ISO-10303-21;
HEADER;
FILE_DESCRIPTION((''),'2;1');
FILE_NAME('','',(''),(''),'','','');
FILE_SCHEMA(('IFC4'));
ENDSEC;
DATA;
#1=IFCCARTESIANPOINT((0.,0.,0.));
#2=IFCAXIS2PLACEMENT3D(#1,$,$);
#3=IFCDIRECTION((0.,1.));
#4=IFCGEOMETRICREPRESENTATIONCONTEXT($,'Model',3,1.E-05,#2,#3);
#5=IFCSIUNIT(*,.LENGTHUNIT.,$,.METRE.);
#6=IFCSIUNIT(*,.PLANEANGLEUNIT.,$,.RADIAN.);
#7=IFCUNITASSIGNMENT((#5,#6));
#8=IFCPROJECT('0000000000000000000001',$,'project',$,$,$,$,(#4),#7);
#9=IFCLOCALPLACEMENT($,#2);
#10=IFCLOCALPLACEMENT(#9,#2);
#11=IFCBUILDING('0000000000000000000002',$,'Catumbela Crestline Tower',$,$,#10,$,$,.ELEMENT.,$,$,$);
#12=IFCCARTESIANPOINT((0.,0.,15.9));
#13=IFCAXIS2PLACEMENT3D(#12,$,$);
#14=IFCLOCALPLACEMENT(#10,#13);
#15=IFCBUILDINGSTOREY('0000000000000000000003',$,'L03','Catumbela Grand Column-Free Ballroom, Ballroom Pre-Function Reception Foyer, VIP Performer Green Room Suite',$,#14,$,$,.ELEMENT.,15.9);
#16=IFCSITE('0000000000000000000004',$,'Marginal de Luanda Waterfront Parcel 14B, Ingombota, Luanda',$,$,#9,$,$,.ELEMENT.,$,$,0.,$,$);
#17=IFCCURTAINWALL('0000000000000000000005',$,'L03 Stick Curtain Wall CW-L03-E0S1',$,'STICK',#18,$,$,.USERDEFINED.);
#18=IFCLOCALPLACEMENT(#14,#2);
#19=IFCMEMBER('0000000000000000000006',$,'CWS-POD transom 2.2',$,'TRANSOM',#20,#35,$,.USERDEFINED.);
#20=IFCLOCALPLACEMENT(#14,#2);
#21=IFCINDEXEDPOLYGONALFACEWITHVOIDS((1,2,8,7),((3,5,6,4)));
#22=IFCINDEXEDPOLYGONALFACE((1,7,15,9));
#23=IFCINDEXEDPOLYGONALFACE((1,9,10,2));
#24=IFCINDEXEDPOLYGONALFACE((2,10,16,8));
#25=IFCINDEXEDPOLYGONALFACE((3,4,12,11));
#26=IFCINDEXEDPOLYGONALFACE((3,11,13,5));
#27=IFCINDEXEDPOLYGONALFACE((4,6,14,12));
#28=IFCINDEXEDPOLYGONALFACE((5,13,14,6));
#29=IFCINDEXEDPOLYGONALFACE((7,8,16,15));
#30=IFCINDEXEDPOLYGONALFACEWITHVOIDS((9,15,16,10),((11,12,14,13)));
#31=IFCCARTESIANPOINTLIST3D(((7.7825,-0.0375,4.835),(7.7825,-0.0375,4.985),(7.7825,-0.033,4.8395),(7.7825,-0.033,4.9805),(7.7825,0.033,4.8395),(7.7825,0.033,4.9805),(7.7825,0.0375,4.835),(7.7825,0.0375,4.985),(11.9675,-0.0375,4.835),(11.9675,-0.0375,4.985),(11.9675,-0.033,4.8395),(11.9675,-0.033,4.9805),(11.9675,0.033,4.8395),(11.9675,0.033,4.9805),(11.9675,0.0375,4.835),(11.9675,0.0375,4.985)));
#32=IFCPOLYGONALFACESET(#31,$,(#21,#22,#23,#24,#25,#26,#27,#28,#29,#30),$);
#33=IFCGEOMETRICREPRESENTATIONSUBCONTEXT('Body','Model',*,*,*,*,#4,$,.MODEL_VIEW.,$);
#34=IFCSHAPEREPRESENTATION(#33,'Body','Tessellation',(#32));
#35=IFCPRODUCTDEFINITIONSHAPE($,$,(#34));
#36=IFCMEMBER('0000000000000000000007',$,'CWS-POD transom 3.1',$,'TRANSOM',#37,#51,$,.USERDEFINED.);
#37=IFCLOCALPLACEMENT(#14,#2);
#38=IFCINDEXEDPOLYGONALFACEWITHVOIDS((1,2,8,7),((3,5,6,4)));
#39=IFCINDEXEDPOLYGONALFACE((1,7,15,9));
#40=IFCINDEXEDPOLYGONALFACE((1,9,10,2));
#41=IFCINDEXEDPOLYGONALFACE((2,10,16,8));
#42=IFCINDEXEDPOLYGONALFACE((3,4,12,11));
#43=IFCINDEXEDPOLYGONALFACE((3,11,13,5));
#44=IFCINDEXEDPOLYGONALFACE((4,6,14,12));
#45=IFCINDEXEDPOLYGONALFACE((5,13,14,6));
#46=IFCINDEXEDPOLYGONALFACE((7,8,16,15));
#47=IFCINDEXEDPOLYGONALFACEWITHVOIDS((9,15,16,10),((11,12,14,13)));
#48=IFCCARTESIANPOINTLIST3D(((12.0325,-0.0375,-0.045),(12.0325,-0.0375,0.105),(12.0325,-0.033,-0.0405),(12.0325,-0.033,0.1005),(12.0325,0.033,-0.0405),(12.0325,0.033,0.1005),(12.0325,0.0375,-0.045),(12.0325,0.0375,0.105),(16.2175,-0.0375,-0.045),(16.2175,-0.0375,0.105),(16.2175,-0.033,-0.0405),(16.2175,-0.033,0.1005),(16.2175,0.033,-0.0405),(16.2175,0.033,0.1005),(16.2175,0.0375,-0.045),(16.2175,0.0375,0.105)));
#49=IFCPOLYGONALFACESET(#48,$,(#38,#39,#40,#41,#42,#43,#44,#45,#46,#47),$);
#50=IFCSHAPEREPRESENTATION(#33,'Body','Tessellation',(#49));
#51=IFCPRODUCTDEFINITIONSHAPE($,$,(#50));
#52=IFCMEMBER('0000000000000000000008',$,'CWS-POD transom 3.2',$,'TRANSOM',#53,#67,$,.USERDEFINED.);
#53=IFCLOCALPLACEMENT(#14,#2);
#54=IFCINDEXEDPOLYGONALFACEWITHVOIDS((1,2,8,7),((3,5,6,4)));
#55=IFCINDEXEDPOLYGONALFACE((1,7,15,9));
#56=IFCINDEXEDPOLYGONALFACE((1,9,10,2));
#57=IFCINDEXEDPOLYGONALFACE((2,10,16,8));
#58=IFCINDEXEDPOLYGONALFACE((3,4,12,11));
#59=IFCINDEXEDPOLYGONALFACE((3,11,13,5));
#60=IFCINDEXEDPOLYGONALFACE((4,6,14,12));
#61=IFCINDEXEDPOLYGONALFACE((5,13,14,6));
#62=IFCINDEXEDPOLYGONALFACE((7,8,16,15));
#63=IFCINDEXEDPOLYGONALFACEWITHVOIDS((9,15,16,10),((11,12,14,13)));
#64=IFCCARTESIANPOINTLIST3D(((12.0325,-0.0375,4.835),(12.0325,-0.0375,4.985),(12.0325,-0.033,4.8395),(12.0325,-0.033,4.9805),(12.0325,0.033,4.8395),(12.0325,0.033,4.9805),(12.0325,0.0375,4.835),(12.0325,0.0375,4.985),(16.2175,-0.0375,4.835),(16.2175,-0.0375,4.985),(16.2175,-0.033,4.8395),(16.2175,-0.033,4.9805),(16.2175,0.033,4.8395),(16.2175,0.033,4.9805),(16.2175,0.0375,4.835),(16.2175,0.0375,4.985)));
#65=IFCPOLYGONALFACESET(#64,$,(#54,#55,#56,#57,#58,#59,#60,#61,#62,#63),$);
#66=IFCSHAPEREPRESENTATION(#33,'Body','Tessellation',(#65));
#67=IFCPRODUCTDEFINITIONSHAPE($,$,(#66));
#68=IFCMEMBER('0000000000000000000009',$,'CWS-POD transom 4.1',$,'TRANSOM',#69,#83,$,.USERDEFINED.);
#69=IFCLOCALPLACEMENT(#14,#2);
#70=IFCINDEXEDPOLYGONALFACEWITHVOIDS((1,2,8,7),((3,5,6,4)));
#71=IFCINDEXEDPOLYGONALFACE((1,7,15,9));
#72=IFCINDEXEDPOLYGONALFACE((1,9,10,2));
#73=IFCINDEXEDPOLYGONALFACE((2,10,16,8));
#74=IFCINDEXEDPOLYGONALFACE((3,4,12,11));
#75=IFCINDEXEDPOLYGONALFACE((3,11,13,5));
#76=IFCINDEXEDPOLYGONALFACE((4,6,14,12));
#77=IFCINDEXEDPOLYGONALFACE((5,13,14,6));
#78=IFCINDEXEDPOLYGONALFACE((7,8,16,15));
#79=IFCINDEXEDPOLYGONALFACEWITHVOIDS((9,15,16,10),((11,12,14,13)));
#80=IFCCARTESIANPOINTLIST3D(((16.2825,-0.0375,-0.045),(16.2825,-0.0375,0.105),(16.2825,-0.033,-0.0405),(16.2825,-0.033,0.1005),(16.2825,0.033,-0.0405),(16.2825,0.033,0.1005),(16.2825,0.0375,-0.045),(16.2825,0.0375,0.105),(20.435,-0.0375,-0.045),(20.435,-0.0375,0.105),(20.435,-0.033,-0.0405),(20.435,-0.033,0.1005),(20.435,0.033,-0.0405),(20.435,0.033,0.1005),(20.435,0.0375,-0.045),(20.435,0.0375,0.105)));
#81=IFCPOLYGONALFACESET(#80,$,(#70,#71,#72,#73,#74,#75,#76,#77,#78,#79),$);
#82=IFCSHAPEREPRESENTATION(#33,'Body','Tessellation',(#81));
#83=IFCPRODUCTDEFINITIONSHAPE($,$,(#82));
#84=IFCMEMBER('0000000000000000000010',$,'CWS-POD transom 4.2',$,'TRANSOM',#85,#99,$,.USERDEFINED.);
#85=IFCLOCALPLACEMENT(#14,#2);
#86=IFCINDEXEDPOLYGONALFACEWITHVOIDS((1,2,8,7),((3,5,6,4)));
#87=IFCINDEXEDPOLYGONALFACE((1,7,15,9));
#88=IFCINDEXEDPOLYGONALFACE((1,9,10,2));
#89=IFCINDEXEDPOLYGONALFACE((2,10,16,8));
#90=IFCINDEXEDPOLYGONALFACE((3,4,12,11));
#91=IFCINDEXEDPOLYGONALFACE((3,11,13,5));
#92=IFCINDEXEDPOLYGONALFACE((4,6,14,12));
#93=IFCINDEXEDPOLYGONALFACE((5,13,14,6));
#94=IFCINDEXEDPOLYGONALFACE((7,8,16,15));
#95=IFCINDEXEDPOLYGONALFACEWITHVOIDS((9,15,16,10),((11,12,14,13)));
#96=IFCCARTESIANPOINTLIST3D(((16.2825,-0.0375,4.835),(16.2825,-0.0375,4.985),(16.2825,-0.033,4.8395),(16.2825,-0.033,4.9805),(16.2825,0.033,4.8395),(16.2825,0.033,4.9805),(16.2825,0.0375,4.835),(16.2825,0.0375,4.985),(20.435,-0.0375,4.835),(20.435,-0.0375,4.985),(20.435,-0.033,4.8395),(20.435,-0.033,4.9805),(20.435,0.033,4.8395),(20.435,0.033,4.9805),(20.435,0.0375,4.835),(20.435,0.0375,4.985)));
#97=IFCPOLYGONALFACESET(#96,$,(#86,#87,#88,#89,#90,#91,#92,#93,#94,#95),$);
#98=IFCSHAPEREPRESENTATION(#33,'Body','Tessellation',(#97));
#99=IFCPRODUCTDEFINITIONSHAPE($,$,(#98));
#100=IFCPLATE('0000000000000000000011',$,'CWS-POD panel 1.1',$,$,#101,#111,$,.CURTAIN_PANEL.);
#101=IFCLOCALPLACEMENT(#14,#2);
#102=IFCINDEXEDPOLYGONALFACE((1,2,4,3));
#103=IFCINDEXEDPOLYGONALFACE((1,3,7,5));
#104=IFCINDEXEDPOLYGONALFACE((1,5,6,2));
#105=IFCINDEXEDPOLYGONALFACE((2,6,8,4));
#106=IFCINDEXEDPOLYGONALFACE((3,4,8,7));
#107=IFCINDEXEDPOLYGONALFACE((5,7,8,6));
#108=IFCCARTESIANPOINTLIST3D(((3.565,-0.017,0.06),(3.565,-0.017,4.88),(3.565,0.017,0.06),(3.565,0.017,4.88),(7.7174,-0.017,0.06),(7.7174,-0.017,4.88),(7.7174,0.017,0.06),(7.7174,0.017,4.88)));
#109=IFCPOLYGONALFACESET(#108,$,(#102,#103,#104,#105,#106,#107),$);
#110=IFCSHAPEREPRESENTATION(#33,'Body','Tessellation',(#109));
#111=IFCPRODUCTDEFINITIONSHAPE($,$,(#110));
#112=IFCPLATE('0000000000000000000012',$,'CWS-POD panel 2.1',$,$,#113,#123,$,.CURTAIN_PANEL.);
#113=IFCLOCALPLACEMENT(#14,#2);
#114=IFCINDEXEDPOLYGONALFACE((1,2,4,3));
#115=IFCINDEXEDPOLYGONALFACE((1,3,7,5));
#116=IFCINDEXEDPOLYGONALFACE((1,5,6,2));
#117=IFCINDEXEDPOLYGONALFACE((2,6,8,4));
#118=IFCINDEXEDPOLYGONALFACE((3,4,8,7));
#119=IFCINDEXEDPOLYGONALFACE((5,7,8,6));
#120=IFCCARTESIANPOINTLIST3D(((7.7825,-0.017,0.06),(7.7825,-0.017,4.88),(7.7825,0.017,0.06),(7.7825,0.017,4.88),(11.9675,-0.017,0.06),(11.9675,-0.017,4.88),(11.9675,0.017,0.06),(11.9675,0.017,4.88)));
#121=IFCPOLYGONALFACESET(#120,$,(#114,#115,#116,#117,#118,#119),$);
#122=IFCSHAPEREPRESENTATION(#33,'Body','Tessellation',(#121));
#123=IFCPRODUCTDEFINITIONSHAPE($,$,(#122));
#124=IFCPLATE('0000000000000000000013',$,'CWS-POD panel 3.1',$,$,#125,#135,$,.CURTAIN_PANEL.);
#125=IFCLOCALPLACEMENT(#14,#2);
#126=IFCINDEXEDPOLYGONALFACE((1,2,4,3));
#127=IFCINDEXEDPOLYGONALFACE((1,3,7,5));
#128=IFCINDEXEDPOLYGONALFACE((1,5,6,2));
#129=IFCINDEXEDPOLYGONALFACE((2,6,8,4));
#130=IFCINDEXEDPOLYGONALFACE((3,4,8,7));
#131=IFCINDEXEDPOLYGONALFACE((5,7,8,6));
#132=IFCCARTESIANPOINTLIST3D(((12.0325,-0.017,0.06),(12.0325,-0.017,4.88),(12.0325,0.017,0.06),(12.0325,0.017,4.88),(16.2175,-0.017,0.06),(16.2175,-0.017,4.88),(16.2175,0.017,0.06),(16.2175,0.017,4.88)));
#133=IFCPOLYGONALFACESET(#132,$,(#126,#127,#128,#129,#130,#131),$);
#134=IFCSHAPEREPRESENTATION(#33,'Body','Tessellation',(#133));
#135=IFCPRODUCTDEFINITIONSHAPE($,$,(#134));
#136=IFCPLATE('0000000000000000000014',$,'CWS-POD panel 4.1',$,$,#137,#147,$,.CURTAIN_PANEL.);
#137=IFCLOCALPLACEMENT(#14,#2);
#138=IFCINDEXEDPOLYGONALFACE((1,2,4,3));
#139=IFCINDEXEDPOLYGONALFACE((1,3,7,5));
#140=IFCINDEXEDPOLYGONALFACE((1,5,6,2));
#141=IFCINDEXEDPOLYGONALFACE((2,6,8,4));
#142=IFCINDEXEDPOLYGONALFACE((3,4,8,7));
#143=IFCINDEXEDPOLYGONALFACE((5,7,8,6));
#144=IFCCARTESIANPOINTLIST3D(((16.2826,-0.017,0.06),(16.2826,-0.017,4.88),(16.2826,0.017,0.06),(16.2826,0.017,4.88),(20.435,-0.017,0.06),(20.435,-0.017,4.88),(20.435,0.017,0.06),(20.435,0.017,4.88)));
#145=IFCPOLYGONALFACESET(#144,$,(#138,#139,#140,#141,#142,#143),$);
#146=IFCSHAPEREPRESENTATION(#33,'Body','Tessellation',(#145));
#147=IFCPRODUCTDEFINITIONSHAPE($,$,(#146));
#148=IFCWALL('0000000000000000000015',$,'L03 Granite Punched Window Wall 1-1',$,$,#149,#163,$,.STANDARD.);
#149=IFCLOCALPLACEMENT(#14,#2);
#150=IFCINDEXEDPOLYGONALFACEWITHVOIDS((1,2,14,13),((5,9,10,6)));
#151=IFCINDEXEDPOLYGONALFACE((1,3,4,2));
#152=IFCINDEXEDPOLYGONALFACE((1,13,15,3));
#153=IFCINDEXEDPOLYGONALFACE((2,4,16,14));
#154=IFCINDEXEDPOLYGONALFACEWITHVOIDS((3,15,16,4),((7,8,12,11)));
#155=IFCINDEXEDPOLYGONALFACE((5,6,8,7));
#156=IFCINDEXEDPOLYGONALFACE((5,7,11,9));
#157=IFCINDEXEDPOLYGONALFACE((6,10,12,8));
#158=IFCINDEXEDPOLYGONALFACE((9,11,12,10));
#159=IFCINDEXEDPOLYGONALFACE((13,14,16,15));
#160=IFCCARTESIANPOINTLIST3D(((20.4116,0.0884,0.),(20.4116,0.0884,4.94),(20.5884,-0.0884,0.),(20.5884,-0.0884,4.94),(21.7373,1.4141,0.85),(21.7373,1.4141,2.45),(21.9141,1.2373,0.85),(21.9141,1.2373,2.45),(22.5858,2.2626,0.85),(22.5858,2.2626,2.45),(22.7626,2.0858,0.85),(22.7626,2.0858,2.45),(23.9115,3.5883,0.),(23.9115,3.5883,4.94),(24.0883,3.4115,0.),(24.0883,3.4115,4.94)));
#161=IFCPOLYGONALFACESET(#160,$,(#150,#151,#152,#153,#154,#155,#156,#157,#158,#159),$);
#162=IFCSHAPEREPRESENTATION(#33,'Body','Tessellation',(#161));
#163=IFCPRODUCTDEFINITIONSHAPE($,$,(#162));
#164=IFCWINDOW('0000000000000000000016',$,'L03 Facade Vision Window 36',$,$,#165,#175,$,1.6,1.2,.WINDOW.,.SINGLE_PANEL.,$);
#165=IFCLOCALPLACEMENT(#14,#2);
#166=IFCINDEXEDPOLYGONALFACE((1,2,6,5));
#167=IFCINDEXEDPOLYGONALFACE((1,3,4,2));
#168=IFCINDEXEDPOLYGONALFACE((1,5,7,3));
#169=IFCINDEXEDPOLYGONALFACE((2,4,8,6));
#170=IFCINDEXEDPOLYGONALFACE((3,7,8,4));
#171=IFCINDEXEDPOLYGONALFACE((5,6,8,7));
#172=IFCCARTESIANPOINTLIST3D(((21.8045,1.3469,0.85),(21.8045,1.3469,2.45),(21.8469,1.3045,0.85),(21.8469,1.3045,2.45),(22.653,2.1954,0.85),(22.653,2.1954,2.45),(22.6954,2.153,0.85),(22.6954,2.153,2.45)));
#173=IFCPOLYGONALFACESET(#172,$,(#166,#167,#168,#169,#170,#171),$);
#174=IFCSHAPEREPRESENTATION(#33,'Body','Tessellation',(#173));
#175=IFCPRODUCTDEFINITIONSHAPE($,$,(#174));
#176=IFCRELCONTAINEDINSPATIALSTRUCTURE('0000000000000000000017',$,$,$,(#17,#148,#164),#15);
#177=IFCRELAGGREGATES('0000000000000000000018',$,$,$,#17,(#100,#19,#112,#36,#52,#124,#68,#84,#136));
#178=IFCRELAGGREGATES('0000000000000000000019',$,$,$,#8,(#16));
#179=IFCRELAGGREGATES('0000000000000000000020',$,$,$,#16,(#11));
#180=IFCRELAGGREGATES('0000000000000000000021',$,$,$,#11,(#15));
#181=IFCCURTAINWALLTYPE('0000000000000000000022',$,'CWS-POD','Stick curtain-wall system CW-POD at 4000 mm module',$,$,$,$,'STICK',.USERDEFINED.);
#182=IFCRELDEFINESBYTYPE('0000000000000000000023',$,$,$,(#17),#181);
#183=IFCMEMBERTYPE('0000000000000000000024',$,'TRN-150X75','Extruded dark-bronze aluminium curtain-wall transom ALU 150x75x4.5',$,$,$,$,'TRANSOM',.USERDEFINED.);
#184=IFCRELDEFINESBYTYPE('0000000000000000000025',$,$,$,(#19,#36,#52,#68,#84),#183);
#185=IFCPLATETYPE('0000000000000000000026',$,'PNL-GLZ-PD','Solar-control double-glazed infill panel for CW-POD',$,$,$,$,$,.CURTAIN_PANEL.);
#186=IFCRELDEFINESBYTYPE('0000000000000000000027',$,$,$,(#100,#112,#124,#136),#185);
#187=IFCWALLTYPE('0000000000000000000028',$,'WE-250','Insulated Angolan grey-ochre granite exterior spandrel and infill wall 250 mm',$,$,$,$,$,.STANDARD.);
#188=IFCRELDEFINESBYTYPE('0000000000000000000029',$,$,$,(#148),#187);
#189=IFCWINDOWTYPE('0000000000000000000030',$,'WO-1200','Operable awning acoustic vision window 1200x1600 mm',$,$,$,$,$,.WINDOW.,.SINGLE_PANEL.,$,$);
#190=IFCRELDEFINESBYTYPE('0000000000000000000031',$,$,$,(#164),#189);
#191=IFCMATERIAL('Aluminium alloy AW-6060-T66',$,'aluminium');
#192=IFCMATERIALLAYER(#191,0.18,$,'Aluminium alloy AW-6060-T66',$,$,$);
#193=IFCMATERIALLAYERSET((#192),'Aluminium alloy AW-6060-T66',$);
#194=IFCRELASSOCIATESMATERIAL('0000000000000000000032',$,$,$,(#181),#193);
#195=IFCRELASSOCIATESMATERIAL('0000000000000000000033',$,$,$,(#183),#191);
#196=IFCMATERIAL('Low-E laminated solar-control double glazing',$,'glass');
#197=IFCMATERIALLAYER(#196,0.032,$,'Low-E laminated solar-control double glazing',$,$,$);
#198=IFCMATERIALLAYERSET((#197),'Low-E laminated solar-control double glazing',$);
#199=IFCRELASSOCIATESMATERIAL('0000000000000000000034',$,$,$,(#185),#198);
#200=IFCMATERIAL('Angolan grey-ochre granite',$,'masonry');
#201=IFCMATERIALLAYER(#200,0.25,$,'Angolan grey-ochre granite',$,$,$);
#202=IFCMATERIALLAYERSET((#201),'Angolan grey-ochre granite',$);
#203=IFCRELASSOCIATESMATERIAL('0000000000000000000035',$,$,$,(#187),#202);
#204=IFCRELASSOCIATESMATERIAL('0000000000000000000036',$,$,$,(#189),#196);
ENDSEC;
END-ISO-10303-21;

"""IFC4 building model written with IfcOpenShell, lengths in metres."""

from ifc_helpers import new_model, si_unit, direction, frame, frame_2d, origin, origin_2d, place, context, subcontext, project, spatial, rectangle, hollow_rectangle, extrude, material, layer, layer_set, material_profile, profile_set, type_object, element, fill, aggregate, save


model = new_model("IFC4")

# Units and contexts
model_context = context("Model", 3, precision=1e-05, world=origin(), true_north=direction((0.0, 1.0)))
body_context = subcontext(model_context, "Body", "Model", "MODEL_VIEW")
ifc_project = project(units=[si_unit("LENGTHUNIT", "METRE"), si_unit("PLANEANGLEUNIT", "RADIAN")], contexts=[model_context])

# Site, building, storey
site_placement = place(None, origin())
site = spatial("IfcSite", under=ifc_project, at=site_placement, Name="Marginal de Luanda Waterfront Parcel 14B, Ingombota, Luanda", CompositionType="ELEMENT", RefElevation=0.0)
building_placement = place(site_placement, origin())
building = spatial("IfcBuilding", under=site, at=building_placement, Name="Catumbela Crestline Tower", CompositionType="ELEMENT")
storey_placement = place(building_placement, frame((0.0, 0.0, 15.9)))
storey = spatial("IfcBuildingStorey", under=building, at=storey_placement, Name="L03", Description="Catumbela Grand Column-Free Ballroom, Ballroom Pre-Function Reception Foyer, VIP Performer Green Room Suite", CompositionType="ELEMENT", Elevation=15.9)

# Curtain wall
ifc_material_1 = material(Name="Aluminium alloy AW-6060-T66", Category="aluminium")
ifc_layer_1 = layer(ifc_material_1, 0.18, Name="Aluminium alloy AW-6060-T66")
ifc_layer_set_1 = layer_set([ifc_layer_1], Name="Aluminium alloy AW-6060-T66")
curtain_wall_type = type_object("IfcCurtainWallType", Name="CWS-POD", Description="Stick curtain-wall system CW-POD at 4000 mm module", ElementType="STICK", PredefinedType="USERDEFINED", material=ifc_layer_set_1)
curtain_wall_1_placement = place(storey_placement, origin())
curtain_wall_1 = element("IfcCurtainWall", 1, at=curtain_wall_1_placement, inside=storey, type_object=curtain_wall_type, Name="L03 Stick Curtain Wall CW-L03-E0S1", ObjectType="STICK", PredefinedType="USERDEFINED")

# Members
ifc_material_profile_1 = material_profile(ifc_material_1, hollow_rectangle(XDim=0.075, YDim=0.15, WallThickness=0.0045, at=origin_2d()), Name="ALU 150x75x4.5")
ifc_profile_set_1 = profile_set([ifc_material_profile_1], Name="Aluminium alloy AW-6060-T66")
member_type_1 = type_object("IfcMemberType", Name="TRN-150X75", Description="Extruded dark-bronze aluminium curtain-wall transom ALU 150x75x4.5", ElementType="TRANSOM", PredefinedType="USERDEFINED", material=ifc_profile_set_1)
member_1_placement = place(storey_placement, frame((7.7825, 0.0, 4.91), z_axis=(1.0, 0.0, 0.0), x_axis=(0.0, 1.0, 0.0)))
member_1 = element("IfcMember", 2, at=member_1_placement, type_object=member_type_1, Name="CWS-POD transom 2.2", ObjectType="TRANSOM", PredefinedType="USERDEFINED", context=body_context, shape_type="SweptSolid", body=[
    extrude(hollow_rectangle(XDim=0.075, YDim=0.15, WallThickness=0.0045, at=origin_2d()), origin(), (0.0, 0.0, 1.0), 4.185),
])
member_2_placement = place(storey_placement, frame((12.0325, 0.0, 0.03), z_axis=(1.0, 0.0, 0.0), x_axis=(0.0, 1.0, 0.0)))
member_2 = element("IfcMember", 3, at=member_2_placement, type_object=member_type_1, Name="CWS-POD transom 3.1", ObjectType="TRANSOM", PredefinedType="USERDEFINED", context=body_context, shape_type="SweptSolid", body=[
    extrude(hollow_rectangle(XDim=0.075, YDim=0.15, WallThickness=0.0045, at=origin_2d()), origin(), (0.0, 0.0, 1.0), 4.185),
])
member_3_placement = place(storey_placement, frame((12.0325, 0.0, 4.91), z_axis=(1.0, 0.0, 0.0), x_axis=(0.0, 1.0, 0.0)))
member_3 = element("IfcMember", 4, at=member_3_placement, type_object=member_type_1, Name="CWS-POD transom 3.2", ObjectType="TRANSOM", PredefinedType="USERDEFINED", context=body_context, shape_type="SweptSolid", body=[
    extrude(hollow_rectangle(XDim=0.075, YDim=0.15, WallThickness=0.0045, at=origin_2d()), origin(), (0.0, 0.0, 1.0), 4.185),
])
member_4_placement = place(storey_placement, frame((16.2825, 0.0, 0.03), z_axis=(1.0, 0.0, 0.0), x_axis=(0.0, 1.0, 0.0)))
member_4 = element("IfcMember", 5, at=member_4_placement, type_object=member_type_1, Name="CWS-POD transom 4.1", ObjectType="TRANSOM", PredefinedType="USERDEFINED", context=body_context, shape_type="SweptSolid", body=[
    extrude(hollow_rectangle(XDim=0.075, YDim=0.15, WallThickness=0.0045, at=origin_2d()), origin(), (0.0, 0.0, 1.0), 4.1525),
])
member_5_placement = place(storey_placement, frame((16.2825, 0.0, 4.91), z_axis=(1.0, 0.0, 0.0), x_axis=(0.0, 1.0, 0.0)))
member_5 = element("IfcMember", 6, at=member_5_placement, type_object=member_type_1, Name="CWS-POD transom 4.2", ObjectType="TRANSOM", PredefinedType="USERDEFINED", context=body_context, shape_type="SweptSolid", body=[
    extrude(hollow_rectangle(XDim=0.075, YDim=0.15, WallThickness=0.0045, at=origin_2d()), origin(), (0.0, 0.0, 1.0), 4.1525),
])

# Plates
ifc_material_2 = material(Name="Low-E laminated solar-control double glazing", Category="glass")
ifc_layer_2 = layer(ifc_material_2, 0.032, Name="Low-E laminated solar-control double glazing")
ifc_layer_set_2 = layer_set([ifc_layer_2], Name="Low-E laminated solar-control double glazing")
plate_type = type_object("IfcPlateType", Name="PNL-GLZ-PD", Description="Solar-control double-glazed infill panel for CW-POD", PredefinedType="CURTAIN_PANEL", material=ifc_layer_set_2)
plate_1_placement = place(storey_placement, frame((5.6412, 0.0, 0.06), z_axis=(0.0, 0.0, 1.0), x_axis=(1.0, 0.0, 0.0)))
plate_1 = element("IfcPlate", 7, at=plate_1_placement, type_object=plate_type, Name="CWS-POD panel 1.1", PredefinedType="CURTAIN_PANEL", context=body_context, shape_type="SweptSolid", body=[
    extrude(rectangle(XDim=4.1525, YDim=0.034, at=origin_2d()), origin(), (0.0, 0.0, 1.0), 4.82),
])
plate_2_placement = place(storey_placement, frame((9.875, 0.0, 0.06), z_axis=(0.0, 0.0, 1.0), x_axis=(1.0, 0.0, 0.0)))
plate_2 = element("IfcPlate", 8, at=plate_2_placement, type_object=plate_type, Name="CWS-POD panel 2.1", PredefinedType="CURTAIN_PANEL", context=body_context, shape_type="SweptSolid", body=[
    extrude(rectangle(XDim=4.185, YDim=0.034, at=origin_2d()), origin(), (0.0, 0.0, 1.0), 4.82),
])
plate_3_placement = place(storey_placement, frame((14.125, 0.0, 0.06), z_axis=(0.0, 0.0, 1.0), x_axis=(1.0, 0.0, 0.0)))
plate_3 = element("IfcPlate", 9, at=plate_3_placement, type_object=plate_type, Name="CWS-POD panel 3.1", PredefinedType="CURTAIN_PANEL", context=body_context, shape_type="SweptSolid", body=[
    extrude(rectangle(XDim=4.185, YDim=0.034, at=origin_2d()), origin(), (0.0, 0.0, 1.0), 4.82),
])
plate_4_placement = place(storey_placement, frame((18.3588, 0.0, 0.06), z_axis=(0.0, 0.0, 1.0), x_axis=(1.0, 0.0, 0.0)))
plate_4 = element("IfcPlate", 10, at=plate_4_placement, type_object=plate_type, Name="CWS-POD panel 4.1", PredefinedType="CURTAIN_PANEL", context=body_context, shape_type="SweptSolid", body=[
    extrude(rectangle(XDim=4.1525, YDim=0.034, at=origin_2d()), origin(), (0.0, 0.0, 1.0), 4.82),
])
aggregate(curtain_wall_1, [plate_1, member_1, plate_2, member_2, member_3, plate_3, member_4, member_5, plate_4])

# Wall, opening, window
ifc_material_3 = material(Name="Angolan grey-ochre granite", Category="masonry")
ifc_layer_3 = layer(ifc_material_3, 0.25, Name="Angolan grey-ochre granite")
ifc_layer_set_3 = layer_set([ifc_layer_3], Name="Angolan grey-ochre granite")
wall_type = type_object("IfcWallType", Name="WE-250", Description="Insulated Angolan grey-ochre granite exterior spandrel and infill wall 250 mm", PredefinedType="STANDARD", material=ifc_layer_set_3)
wall_1_placement = place(storey_placement, frame((20.5, 0.0, 0.0), z_axis=(0.0, 0.0, 1.0), x_axis=(0.707107, 0.707107, 0.0)))
wall_1 = element("IfcWall", 11, at=wall_1_placement, inside=storey, type_object=wall_type, Name="L03 Granite Punched Window Wall 1-1", PredefinedType="STANDARD", context=body_context, shape_type="SweptSolid", body=[
    extrude(rectangle(XDim=4.9497, YDim=0.25, at=frame_2d((2.4748, 0.0))), origin(), (0.0, 0.0, 1.0), 4.94),
])
opening_1_placement = place(wall_1_placement, frame((1.8748, 0.0, 0.85)))
opening_1 = element("IfcOpeningElement", 12, at=opening_1_placement, cuts=wall_1, PredefinedType="OPENING", context=body_context, shape_type="SweptSolid", body=[
    extrude(rectangle(XDim=1.2, YDim=1.6, at=frame_2d((0.6, 0.8))), frame((0.0, 0.135, 0.0), z_axis=(0.0, -1.0, 0.0), x_axis=(1.0, 0.0, 0.0)), (0.0, 0.0, 1.0), 0.27),
])
window_type = type_object("IfcWindowType", Name="WO-1200", Description="Operable awning acoustic vision window 1200x1600 mm", PartitioningType="SINGLE_PANEL", PredefinedType="WINDOW", material=ifc_material_2)
window_1_placement = place(opening_1_placement, origin())
window_1 = element("IfcWindow", 13, at=window_1_placement, inside=storey, type_object=window_type, Name="L03 Facade Vision Window 36", OverallHeight=1.6, OverallWidth=1.2, PartitioningType="SINGLE_PANEL", PredefinedType="WINDOW", context=body_context, shape_type="SweptSolid", body=[
    extrude(rectangle(XDim=1.2, YDim=1.6, at=frame_2d((0.6, 0.8))), frame((0.0, 0.03, 0.0), z_axis=(0.0, -1.0, 0.0), x_axis=(1.0, 0.0, 0.0)), (0.0, 0.0, 1.0), 0.06),
])
fill(opening_1, window_1)

save(model, "model.ifc")
